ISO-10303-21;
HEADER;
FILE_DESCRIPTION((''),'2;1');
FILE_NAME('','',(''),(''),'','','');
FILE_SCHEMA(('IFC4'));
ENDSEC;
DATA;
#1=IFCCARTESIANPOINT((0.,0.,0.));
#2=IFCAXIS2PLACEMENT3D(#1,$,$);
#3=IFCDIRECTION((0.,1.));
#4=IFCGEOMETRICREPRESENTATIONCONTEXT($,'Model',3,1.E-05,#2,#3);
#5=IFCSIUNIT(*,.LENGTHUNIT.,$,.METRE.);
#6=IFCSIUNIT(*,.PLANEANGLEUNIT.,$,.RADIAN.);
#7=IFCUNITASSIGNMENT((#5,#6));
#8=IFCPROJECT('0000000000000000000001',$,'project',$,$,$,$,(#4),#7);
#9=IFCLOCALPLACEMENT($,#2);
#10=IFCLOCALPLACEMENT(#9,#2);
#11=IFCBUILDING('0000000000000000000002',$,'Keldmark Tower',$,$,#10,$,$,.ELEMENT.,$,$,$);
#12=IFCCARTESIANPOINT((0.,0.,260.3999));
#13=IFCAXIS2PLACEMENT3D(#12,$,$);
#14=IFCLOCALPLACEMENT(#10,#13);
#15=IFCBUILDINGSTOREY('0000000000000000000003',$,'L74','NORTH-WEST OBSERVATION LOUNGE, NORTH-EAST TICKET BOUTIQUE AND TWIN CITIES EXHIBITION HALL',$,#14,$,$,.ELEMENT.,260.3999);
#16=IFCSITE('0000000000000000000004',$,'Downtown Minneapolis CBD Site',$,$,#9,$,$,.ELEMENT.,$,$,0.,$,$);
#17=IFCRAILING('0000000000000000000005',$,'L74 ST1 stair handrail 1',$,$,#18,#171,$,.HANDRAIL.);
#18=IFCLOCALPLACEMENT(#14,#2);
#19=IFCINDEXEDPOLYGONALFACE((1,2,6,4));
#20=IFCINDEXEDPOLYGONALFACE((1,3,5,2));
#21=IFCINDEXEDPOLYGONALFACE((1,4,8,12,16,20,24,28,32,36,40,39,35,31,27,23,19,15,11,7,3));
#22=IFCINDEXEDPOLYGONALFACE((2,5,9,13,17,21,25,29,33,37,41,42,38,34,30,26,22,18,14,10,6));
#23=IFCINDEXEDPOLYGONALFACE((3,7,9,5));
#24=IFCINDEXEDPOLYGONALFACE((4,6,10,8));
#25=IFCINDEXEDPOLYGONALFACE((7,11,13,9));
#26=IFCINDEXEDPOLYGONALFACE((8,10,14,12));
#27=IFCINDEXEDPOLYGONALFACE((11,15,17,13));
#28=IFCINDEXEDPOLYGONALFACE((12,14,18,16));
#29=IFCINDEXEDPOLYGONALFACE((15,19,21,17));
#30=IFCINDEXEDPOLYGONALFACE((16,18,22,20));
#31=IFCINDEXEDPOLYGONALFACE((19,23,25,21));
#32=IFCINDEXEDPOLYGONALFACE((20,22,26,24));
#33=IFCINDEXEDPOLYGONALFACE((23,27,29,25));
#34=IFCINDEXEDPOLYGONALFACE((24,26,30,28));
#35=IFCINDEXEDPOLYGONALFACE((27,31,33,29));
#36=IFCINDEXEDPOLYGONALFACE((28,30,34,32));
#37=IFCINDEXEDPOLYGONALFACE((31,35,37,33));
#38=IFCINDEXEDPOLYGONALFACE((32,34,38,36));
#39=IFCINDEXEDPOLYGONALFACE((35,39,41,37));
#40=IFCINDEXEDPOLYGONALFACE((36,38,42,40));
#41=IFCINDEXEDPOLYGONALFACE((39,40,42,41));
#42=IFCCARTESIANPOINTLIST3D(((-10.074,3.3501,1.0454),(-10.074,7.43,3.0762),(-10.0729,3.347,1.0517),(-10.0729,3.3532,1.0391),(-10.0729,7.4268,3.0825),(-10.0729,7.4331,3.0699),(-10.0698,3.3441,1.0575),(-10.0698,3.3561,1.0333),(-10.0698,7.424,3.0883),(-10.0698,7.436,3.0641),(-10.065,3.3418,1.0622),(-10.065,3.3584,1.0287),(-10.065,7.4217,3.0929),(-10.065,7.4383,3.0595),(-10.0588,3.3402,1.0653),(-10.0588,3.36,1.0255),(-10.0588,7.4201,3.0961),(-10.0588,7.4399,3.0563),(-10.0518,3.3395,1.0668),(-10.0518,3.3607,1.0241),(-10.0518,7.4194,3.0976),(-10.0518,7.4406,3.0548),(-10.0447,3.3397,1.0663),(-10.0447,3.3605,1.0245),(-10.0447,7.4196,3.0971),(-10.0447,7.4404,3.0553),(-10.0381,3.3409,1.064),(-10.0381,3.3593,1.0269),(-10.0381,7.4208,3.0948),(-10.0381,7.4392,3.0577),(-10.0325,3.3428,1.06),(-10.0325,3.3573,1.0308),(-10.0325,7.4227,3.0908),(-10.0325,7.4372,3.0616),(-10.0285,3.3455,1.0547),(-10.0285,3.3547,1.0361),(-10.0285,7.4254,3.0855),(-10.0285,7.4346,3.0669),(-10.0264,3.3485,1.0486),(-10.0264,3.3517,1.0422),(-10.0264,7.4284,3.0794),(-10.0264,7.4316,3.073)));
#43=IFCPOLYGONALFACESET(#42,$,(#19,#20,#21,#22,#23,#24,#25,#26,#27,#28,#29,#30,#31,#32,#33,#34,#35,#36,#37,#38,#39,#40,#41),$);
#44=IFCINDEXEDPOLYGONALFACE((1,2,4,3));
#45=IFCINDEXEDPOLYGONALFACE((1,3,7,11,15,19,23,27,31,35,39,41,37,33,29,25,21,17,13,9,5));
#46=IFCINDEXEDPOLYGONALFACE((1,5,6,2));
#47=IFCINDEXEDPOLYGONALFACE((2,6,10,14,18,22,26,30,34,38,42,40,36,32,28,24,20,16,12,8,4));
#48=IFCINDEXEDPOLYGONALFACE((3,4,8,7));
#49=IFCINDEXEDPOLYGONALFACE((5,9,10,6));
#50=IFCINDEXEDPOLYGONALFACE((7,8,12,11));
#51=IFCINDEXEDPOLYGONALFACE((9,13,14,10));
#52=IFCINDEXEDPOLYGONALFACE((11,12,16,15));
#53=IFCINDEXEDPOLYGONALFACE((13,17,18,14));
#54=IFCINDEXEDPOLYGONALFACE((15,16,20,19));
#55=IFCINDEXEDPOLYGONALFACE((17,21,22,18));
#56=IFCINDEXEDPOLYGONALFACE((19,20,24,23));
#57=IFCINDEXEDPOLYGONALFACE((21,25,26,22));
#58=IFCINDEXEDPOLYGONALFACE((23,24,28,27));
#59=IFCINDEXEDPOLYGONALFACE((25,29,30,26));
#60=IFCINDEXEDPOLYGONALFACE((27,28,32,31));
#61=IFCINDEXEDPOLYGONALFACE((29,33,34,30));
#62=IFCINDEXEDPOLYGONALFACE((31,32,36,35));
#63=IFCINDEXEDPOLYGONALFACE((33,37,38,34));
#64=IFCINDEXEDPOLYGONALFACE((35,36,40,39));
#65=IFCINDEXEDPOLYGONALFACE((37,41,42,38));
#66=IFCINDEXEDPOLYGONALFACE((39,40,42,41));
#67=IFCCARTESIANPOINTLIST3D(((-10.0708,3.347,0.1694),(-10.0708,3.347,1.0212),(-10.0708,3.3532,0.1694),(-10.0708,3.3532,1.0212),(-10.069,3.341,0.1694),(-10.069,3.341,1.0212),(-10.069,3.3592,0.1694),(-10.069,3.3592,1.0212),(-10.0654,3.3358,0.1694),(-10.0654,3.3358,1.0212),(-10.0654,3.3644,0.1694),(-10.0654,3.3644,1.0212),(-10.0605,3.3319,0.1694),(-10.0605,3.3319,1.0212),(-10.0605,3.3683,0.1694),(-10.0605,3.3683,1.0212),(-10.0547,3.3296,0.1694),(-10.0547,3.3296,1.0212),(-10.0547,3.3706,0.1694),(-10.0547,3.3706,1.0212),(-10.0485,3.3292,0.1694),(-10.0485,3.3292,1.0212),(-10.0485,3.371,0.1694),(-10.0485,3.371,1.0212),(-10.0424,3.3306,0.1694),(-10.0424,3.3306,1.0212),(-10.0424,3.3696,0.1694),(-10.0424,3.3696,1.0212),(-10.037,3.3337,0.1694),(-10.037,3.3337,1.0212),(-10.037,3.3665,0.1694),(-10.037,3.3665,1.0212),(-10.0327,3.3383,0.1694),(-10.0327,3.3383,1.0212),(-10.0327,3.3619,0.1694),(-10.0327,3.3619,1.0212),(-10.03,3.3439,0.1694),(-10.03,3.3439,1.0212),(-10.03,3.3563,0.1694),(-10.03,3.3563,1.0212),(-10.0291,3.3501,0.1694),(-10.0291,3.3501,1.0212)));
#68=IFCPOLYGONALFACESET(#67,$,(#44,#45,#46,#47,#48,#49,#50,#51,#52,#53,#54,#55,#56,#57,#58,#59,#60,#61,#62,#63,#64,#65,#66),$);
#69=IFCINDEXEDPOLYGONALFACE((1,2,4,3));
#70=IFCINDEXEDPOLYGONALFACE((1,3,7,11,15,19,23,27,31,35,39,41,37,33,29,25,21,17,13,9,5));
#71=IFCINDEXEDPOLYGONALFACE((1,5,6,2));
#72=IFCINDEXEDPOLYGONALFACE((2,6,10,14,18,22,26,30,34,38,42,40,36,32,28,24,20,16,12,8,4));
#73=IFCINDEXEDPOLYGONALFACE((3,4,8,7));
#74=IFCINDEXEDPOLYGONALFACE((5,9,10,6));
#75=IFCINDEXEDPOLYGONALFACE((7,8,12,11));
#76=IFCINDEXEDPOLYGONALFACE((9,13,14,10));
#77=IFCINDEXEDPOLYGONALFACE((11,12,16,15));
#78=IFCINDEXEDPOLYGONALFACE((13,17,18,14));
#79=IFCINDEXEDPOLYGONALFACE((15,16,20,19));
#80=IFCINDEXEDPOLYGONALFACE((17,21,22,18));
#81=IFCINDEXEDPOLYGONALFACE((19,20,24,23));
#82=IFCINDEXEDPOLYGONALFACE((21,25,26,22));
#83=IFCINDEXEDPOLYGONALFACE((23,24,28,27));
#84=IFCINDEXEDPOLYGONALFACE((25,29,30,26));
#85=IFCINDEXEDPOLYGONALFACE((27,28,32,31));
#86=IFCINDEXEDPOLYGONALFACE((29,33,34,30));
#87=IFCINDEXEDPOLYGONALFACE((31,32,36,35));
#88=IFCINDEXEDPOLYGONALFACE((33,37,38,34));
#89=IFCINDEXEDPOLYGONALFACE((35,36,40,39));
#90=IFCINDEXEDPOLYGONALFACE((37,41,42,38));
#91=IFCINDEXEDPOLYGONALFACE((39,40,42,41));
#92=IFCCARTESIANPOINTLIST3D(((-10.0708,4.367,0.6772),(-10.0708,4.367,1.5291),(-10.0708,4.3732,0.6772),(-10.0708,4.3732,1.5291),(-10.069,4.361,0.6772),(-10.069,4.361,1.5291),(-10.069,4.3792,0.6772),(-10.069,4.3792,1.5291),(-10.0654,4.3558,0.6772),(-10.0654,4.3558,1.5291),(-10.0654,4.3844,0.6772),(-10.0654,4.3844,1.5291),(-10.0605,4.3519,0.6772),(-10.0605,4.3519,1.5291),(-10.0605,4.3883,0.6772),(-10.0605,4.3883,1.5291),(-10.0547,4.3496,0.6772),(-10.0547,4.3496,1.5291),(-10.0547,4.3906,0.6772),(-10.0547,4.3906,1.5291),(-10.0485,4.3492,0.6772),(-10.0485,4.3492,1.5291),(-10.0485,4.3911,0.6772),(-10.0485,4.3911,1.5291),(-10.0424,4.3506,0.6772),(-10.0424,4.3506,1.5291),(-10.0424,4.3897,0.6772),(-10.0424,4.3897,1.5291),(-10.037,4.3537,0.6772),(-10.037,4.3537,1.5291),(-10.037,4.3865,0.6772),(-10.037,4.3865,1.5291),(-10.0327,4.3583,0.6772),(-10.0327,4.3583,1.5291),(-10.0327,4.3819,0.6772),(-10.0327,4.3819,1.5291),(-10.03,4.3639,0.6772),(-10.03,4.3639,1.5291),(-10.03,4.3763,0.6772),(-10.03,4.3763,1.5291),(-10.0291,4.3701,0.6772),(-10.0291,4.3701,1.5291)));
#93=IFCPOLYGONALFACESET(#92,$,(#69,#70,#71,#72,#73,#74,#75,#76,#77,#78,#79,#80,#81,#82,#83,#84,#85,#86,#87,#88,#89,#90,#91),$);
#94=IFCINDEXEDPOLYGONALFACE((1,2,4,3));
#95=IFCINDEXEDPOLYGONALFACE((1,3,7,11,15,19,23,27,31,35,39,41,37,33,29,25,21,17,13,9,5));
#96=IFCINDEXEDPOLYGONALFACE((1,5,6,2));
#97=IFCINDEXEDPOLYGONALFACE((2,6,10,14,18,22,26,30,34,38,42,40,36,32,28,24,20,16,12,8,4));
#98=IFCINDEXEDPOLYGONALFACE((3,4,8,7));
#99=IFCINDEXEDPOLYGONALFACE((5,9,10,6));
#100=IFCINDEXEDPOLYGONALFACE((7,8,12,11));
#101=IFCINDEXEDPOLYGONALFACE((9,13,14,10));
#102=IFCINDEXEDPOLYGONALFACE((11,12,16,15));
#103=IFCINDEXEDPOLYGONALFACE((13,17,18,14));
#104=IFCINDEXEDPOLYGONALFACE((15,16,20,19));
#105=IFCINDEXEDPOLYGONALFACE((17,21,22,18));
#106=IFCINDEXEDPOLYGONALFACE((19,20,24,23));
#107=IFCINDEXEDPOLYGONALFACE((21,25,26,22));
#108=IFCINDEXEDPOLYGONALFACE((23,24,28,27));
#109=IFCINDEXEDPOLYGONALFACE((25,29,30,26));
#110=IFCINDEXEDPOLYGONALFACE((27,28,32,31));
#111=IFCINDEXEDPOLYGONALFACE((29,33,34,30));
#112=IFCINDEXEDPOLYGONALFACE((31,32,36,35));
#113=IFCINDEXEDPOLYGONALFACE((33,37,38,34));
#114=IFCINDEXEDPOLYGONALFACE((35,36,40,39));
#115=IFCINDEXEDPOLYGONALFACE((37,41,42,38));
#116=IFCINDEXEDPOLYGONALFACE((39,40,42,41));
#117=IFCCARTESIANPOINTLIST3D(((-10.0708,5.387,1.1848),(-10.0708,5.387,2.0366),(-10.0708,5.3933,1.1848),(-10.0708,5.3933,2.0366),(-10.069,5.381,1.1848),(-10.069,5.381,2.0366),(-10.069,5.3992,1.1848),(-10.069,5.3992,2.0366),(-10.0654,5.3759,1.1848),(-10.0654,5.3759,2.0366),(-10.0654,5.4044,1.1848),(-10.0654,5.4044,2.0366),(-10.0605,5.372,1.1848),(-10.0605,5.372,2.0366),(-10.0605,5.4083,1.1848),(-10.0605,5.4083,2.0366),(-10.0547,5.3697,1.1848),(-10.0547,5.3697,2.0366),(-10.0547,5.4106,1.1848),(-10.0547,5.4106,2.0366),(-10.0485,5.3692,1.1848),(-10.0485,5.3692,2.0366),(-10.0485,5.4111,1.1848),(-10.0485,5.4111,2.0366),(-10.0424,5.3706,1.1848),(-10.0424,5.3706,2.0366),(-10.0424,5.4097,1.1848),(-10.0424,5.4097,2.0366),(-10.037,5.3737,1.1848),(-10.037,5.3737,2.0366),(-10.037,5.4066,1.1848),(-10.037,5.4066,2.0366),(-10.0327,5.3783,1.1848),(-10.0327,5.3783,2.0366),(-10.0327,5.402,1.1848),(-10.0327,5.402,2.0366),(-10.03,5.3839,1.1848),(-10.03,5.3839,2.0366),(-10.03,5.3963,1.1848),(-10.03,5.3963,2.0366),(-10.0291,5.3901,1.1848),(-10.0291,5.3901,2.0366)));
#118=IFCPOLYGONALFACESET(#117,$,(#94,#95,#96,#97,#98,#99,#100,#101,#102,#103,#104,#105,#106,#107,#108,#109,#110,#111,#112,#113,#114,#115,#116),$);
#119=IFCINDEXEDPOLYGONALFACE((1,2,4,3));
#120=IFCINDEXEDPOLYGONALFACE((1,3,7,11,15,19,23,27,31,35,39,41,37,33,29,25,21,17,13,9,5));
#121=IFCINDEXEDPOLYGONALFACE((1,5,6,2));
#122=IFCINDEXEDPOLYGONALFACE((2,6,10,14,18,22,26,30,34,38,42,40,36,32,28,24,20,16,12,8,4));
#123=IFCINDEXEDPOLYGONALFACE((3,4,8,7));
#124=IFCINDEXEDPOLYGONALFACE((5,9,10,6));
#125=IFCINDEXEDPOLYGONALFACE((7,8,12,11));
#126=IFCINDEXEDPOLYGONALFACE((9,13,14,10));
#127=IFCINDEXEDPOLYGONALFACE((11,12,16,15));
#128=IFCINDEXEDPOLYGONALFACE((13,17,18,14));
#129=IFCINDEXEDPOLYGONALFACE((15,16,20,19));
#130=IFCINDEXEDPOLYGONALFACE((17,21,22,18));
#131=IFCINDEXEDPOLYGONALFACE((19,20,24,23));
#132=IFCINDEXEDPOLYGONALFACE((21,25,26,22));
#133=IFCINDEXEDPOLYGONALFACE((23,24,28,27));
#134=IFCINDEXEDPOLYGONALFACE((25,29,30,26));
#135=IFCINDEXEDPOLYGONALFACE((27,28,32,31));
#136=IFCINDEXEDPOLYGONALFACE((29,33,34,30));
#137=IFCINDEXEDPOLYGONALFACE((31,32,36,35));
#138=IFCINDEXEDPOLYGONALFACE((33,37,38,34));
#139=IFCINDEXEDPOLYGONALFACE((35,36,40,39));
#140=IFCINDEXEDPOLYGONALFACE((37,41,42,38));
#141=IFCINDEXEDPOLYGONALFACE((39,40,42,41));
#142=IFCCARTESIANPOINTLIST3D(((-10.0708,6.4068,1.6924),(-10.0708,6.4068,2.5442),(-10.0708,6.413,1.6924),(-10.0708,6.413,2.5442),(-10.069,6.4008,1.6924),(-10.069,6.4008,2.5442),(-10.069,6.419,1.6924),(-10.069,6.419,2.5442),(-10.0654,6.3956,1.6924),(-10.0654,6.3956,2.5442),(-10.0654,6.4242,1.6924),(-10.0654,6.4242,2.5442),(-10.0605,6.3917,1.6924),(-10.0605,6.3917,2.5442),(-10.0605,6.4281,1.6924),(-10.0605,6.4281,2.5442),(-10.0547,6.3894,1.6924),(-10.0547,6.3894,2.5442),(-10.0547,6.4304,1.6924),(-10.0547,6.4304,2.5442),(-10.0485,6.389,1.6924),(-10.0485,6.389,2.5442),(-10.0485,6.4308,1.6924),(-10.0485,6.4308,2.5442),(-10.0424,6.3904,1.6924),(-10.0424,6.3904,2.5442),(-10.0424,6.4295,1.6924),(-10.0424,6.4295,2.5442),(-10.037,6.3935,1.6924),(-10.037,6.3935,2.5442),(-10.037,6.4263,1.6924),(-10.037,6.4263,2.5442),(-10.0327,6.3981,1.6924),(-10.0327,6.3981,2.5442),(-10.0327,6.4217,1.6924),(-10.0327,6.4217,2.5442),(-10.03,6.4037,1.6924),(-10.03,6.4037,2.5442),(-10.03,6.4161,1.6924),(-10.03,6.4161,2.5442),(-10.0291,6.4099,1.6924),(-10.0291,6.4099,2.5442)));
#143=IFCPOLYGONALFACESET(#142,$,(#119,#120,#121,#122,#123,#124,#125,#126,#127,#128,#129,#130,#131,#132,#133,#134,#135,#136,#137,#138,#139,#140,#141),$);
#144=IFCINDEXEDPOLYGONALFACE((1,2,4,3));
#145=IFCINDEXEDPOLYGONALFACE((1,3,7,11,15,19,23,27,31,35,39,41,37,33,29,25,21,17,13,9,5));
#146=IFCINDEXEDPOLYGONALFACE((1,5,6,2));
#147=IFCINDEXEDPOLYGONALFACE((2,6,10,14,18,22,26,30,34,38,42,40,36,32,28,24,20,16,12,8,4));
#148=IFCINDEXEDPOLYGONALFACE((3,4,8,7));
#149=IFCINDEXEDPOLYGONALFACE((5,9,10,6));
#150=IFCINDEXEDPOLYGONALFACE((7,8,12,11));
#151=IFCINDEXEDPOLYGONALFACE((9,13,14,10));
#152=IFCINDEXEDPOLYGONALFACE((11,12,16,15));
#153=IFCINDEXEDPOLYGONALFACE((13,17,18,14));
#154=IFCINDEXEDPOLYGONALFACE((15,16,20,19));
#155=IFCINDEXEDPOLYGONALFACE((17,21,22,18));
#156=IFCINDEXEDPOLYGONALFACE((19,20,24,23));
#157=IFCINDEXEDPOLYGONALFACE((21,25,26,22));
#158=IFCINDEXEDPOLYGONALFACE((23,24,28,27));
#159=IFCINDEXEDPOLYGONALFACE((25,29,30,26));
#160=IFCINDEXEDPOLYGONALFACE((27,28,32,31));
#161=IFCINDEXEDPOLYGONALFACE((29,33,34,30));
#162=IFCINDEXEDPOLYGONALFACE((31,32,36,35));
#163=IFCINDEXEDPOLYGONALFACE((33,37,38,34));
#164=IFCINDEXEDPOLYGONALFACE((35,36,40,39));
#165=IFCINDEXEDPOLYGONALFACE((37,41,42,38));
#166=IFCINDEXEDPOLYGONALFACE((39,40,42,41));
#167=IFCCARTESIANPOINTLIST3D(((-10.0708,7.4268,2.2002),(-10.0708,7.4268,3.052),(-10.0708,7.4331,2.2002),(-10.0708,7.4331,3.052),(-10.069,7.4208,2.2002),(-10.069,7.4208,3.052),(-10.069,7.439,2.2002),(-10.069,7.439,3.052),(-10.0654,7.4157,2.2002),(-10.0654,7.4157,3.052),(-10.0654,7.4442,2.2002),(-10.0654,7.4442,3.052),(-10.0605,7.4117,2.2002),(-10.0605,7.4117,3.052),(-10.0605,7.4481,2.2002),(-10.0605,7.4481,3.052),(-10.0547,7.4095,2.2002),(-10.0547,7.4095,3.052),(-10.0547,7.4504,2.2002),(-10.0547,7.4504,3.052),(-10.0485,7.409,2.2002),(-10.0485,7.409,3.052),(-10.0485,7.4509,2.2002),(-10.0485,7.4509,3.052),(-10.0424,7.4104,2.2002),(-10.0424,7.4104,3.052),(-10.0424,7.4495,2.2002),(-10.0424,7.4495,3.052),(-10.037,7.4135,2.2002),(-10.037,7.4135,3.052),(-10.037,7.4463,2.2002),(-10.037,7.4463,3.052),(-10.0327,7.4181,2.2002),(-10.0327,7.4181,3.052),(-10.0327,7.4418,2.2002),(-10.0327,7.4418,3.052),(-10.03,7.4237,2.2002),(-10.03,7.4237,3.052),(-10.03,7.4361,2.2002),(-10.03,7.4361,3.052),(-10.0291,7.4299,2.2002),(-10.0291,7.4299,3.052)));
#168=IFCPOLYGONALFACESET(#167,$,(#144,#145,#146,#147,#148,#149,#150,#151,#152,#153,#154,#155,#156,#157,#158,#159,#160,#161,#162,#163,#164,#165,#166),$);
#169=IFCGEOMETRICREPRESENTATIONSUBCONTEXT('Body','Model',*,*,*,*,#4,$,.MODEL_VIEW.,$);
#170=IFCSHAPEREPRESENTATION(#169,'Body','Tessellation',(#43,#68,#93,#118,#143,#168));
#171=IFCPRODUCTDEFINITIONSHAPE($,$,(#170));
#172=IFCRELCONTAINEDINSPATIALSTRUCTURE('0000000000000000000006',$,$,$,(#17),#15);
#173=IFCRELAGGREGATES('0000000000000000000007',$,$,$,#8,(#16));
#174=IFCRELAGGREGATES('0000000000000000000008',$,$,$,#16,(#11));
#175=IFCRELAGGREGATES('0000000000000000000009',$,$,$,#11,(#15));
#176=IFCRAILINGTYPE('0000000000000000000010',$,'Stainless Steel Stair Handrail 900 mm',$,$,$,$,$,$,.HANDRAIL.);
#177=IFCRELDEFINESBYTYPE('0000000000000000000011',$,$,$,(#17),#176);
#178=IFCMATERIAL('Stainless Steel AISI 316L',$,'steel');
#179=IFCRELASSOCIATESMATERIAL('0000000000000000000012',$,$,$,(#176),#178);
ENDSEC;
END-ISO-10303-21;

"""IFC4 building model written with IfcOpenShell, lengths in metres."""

from ifc_helpers import new_model, si_unit, direction, frame, origin, origin_2d, place, context, subcontext, project, spatial, circle, extrude, material, type_object, element, save


model = new_model("IFC4")

# Units and contexts
model_context = context("Model", 3, precision=1e-05, world=origin(), true_north=direction((0.0, 1.0)))
body_context = subcontext(model_context, "Body", "Model", "MODEL_VIEW")
ifc_project = project(units=[si_unit("LENGTHUNIT", "METRE"), si_unit("PLANEANGLEUNIT", "RADIAN")], contexts=[model_context])

# Site, building, storey
site_placement = place(None, origin())
site = spatial("IfcSite", under=ifc_project, at=site_placement, Name="Downtown Minneapolis CBD Site", CompositionType="ELEMENT", RefElevation=0.0)
building_placement = place(site_placement, origin())
building = spatial("IfcBuilding", under=site, at=building_placement, Name="Keldmark Tower", CompositionType="ELEMENT")
storey_placement = place(building_placement, frame((0.0, 0.0, 260.3999)))
storey = spatial("IfcBuildingStorey", under=building, at=storey_placement, Name="L74", Description="NORTH-WEST OBSERVATION LOUNGE, NORTH-EAST TICKET BOUTIQUE AND TWIN CITIES EXHIBITION HALL", CompositionType="ELEMENT", Elevation=260.3999)

# Railing
ifc_material_1 = material(Name="Stainless Steel AISI 316L", Category="steel")
railing_type = type_object("IfcRailingType", Name="Stainless Steel Stair Handrail 900 mm", PredefinedType="HANDRAIL", material=ifc_material_1)
railing_placement = place(storey_placement, frame((-10.05, 3.3501, 0.1694)))
element("IfcRailing", 1, at=railing_placement, inside=storey, type_object=railing_type, Name="L74 ST1 stair handrail 1", PredefinedType="HANDRAIL", context=body_context, shape_type="SweptSolid", body=[
    extrude(circle(Radius=0.0239, at=origin_2d()), frame((0.0, 0.0, 0.876), z_axis=(0.0, 0.895229, 0.445606), x_axis=(-1.0, 0.0, 0.0)), (0.0, 0.0, 1.0), 4.5574),
    extrude(circle(Radius=0.021, at=origin_2d()), origin(), (0.0, 0.0, 1.0), 0.8518),
    extrude(circle(Radius=0.021, at=origin_2d()), frame((0.0, 1.02, 0.5078)), (0.0, 0.0, 1.0), 0.8518),
    extrude(circle(Radius=0.021, at=origin_2d()), frame((0.0, 2.04, 1.0154)), (0.0, 0.0, 1.0), 0.8518),
    extrude(circle(Radius=0.021, at=origin_2d()), frame((0.0, 3.0598, 1.5229)), (0.0, 0.0, 1.0), 0.8518),
    extrude(circle(Radius=0.021, at=origin_2d()), frame((0.0, 4.0798, 2.0308)), (0.0, 0.0, 1.0), 0.8518),
])

save(model, "model.ifc")
